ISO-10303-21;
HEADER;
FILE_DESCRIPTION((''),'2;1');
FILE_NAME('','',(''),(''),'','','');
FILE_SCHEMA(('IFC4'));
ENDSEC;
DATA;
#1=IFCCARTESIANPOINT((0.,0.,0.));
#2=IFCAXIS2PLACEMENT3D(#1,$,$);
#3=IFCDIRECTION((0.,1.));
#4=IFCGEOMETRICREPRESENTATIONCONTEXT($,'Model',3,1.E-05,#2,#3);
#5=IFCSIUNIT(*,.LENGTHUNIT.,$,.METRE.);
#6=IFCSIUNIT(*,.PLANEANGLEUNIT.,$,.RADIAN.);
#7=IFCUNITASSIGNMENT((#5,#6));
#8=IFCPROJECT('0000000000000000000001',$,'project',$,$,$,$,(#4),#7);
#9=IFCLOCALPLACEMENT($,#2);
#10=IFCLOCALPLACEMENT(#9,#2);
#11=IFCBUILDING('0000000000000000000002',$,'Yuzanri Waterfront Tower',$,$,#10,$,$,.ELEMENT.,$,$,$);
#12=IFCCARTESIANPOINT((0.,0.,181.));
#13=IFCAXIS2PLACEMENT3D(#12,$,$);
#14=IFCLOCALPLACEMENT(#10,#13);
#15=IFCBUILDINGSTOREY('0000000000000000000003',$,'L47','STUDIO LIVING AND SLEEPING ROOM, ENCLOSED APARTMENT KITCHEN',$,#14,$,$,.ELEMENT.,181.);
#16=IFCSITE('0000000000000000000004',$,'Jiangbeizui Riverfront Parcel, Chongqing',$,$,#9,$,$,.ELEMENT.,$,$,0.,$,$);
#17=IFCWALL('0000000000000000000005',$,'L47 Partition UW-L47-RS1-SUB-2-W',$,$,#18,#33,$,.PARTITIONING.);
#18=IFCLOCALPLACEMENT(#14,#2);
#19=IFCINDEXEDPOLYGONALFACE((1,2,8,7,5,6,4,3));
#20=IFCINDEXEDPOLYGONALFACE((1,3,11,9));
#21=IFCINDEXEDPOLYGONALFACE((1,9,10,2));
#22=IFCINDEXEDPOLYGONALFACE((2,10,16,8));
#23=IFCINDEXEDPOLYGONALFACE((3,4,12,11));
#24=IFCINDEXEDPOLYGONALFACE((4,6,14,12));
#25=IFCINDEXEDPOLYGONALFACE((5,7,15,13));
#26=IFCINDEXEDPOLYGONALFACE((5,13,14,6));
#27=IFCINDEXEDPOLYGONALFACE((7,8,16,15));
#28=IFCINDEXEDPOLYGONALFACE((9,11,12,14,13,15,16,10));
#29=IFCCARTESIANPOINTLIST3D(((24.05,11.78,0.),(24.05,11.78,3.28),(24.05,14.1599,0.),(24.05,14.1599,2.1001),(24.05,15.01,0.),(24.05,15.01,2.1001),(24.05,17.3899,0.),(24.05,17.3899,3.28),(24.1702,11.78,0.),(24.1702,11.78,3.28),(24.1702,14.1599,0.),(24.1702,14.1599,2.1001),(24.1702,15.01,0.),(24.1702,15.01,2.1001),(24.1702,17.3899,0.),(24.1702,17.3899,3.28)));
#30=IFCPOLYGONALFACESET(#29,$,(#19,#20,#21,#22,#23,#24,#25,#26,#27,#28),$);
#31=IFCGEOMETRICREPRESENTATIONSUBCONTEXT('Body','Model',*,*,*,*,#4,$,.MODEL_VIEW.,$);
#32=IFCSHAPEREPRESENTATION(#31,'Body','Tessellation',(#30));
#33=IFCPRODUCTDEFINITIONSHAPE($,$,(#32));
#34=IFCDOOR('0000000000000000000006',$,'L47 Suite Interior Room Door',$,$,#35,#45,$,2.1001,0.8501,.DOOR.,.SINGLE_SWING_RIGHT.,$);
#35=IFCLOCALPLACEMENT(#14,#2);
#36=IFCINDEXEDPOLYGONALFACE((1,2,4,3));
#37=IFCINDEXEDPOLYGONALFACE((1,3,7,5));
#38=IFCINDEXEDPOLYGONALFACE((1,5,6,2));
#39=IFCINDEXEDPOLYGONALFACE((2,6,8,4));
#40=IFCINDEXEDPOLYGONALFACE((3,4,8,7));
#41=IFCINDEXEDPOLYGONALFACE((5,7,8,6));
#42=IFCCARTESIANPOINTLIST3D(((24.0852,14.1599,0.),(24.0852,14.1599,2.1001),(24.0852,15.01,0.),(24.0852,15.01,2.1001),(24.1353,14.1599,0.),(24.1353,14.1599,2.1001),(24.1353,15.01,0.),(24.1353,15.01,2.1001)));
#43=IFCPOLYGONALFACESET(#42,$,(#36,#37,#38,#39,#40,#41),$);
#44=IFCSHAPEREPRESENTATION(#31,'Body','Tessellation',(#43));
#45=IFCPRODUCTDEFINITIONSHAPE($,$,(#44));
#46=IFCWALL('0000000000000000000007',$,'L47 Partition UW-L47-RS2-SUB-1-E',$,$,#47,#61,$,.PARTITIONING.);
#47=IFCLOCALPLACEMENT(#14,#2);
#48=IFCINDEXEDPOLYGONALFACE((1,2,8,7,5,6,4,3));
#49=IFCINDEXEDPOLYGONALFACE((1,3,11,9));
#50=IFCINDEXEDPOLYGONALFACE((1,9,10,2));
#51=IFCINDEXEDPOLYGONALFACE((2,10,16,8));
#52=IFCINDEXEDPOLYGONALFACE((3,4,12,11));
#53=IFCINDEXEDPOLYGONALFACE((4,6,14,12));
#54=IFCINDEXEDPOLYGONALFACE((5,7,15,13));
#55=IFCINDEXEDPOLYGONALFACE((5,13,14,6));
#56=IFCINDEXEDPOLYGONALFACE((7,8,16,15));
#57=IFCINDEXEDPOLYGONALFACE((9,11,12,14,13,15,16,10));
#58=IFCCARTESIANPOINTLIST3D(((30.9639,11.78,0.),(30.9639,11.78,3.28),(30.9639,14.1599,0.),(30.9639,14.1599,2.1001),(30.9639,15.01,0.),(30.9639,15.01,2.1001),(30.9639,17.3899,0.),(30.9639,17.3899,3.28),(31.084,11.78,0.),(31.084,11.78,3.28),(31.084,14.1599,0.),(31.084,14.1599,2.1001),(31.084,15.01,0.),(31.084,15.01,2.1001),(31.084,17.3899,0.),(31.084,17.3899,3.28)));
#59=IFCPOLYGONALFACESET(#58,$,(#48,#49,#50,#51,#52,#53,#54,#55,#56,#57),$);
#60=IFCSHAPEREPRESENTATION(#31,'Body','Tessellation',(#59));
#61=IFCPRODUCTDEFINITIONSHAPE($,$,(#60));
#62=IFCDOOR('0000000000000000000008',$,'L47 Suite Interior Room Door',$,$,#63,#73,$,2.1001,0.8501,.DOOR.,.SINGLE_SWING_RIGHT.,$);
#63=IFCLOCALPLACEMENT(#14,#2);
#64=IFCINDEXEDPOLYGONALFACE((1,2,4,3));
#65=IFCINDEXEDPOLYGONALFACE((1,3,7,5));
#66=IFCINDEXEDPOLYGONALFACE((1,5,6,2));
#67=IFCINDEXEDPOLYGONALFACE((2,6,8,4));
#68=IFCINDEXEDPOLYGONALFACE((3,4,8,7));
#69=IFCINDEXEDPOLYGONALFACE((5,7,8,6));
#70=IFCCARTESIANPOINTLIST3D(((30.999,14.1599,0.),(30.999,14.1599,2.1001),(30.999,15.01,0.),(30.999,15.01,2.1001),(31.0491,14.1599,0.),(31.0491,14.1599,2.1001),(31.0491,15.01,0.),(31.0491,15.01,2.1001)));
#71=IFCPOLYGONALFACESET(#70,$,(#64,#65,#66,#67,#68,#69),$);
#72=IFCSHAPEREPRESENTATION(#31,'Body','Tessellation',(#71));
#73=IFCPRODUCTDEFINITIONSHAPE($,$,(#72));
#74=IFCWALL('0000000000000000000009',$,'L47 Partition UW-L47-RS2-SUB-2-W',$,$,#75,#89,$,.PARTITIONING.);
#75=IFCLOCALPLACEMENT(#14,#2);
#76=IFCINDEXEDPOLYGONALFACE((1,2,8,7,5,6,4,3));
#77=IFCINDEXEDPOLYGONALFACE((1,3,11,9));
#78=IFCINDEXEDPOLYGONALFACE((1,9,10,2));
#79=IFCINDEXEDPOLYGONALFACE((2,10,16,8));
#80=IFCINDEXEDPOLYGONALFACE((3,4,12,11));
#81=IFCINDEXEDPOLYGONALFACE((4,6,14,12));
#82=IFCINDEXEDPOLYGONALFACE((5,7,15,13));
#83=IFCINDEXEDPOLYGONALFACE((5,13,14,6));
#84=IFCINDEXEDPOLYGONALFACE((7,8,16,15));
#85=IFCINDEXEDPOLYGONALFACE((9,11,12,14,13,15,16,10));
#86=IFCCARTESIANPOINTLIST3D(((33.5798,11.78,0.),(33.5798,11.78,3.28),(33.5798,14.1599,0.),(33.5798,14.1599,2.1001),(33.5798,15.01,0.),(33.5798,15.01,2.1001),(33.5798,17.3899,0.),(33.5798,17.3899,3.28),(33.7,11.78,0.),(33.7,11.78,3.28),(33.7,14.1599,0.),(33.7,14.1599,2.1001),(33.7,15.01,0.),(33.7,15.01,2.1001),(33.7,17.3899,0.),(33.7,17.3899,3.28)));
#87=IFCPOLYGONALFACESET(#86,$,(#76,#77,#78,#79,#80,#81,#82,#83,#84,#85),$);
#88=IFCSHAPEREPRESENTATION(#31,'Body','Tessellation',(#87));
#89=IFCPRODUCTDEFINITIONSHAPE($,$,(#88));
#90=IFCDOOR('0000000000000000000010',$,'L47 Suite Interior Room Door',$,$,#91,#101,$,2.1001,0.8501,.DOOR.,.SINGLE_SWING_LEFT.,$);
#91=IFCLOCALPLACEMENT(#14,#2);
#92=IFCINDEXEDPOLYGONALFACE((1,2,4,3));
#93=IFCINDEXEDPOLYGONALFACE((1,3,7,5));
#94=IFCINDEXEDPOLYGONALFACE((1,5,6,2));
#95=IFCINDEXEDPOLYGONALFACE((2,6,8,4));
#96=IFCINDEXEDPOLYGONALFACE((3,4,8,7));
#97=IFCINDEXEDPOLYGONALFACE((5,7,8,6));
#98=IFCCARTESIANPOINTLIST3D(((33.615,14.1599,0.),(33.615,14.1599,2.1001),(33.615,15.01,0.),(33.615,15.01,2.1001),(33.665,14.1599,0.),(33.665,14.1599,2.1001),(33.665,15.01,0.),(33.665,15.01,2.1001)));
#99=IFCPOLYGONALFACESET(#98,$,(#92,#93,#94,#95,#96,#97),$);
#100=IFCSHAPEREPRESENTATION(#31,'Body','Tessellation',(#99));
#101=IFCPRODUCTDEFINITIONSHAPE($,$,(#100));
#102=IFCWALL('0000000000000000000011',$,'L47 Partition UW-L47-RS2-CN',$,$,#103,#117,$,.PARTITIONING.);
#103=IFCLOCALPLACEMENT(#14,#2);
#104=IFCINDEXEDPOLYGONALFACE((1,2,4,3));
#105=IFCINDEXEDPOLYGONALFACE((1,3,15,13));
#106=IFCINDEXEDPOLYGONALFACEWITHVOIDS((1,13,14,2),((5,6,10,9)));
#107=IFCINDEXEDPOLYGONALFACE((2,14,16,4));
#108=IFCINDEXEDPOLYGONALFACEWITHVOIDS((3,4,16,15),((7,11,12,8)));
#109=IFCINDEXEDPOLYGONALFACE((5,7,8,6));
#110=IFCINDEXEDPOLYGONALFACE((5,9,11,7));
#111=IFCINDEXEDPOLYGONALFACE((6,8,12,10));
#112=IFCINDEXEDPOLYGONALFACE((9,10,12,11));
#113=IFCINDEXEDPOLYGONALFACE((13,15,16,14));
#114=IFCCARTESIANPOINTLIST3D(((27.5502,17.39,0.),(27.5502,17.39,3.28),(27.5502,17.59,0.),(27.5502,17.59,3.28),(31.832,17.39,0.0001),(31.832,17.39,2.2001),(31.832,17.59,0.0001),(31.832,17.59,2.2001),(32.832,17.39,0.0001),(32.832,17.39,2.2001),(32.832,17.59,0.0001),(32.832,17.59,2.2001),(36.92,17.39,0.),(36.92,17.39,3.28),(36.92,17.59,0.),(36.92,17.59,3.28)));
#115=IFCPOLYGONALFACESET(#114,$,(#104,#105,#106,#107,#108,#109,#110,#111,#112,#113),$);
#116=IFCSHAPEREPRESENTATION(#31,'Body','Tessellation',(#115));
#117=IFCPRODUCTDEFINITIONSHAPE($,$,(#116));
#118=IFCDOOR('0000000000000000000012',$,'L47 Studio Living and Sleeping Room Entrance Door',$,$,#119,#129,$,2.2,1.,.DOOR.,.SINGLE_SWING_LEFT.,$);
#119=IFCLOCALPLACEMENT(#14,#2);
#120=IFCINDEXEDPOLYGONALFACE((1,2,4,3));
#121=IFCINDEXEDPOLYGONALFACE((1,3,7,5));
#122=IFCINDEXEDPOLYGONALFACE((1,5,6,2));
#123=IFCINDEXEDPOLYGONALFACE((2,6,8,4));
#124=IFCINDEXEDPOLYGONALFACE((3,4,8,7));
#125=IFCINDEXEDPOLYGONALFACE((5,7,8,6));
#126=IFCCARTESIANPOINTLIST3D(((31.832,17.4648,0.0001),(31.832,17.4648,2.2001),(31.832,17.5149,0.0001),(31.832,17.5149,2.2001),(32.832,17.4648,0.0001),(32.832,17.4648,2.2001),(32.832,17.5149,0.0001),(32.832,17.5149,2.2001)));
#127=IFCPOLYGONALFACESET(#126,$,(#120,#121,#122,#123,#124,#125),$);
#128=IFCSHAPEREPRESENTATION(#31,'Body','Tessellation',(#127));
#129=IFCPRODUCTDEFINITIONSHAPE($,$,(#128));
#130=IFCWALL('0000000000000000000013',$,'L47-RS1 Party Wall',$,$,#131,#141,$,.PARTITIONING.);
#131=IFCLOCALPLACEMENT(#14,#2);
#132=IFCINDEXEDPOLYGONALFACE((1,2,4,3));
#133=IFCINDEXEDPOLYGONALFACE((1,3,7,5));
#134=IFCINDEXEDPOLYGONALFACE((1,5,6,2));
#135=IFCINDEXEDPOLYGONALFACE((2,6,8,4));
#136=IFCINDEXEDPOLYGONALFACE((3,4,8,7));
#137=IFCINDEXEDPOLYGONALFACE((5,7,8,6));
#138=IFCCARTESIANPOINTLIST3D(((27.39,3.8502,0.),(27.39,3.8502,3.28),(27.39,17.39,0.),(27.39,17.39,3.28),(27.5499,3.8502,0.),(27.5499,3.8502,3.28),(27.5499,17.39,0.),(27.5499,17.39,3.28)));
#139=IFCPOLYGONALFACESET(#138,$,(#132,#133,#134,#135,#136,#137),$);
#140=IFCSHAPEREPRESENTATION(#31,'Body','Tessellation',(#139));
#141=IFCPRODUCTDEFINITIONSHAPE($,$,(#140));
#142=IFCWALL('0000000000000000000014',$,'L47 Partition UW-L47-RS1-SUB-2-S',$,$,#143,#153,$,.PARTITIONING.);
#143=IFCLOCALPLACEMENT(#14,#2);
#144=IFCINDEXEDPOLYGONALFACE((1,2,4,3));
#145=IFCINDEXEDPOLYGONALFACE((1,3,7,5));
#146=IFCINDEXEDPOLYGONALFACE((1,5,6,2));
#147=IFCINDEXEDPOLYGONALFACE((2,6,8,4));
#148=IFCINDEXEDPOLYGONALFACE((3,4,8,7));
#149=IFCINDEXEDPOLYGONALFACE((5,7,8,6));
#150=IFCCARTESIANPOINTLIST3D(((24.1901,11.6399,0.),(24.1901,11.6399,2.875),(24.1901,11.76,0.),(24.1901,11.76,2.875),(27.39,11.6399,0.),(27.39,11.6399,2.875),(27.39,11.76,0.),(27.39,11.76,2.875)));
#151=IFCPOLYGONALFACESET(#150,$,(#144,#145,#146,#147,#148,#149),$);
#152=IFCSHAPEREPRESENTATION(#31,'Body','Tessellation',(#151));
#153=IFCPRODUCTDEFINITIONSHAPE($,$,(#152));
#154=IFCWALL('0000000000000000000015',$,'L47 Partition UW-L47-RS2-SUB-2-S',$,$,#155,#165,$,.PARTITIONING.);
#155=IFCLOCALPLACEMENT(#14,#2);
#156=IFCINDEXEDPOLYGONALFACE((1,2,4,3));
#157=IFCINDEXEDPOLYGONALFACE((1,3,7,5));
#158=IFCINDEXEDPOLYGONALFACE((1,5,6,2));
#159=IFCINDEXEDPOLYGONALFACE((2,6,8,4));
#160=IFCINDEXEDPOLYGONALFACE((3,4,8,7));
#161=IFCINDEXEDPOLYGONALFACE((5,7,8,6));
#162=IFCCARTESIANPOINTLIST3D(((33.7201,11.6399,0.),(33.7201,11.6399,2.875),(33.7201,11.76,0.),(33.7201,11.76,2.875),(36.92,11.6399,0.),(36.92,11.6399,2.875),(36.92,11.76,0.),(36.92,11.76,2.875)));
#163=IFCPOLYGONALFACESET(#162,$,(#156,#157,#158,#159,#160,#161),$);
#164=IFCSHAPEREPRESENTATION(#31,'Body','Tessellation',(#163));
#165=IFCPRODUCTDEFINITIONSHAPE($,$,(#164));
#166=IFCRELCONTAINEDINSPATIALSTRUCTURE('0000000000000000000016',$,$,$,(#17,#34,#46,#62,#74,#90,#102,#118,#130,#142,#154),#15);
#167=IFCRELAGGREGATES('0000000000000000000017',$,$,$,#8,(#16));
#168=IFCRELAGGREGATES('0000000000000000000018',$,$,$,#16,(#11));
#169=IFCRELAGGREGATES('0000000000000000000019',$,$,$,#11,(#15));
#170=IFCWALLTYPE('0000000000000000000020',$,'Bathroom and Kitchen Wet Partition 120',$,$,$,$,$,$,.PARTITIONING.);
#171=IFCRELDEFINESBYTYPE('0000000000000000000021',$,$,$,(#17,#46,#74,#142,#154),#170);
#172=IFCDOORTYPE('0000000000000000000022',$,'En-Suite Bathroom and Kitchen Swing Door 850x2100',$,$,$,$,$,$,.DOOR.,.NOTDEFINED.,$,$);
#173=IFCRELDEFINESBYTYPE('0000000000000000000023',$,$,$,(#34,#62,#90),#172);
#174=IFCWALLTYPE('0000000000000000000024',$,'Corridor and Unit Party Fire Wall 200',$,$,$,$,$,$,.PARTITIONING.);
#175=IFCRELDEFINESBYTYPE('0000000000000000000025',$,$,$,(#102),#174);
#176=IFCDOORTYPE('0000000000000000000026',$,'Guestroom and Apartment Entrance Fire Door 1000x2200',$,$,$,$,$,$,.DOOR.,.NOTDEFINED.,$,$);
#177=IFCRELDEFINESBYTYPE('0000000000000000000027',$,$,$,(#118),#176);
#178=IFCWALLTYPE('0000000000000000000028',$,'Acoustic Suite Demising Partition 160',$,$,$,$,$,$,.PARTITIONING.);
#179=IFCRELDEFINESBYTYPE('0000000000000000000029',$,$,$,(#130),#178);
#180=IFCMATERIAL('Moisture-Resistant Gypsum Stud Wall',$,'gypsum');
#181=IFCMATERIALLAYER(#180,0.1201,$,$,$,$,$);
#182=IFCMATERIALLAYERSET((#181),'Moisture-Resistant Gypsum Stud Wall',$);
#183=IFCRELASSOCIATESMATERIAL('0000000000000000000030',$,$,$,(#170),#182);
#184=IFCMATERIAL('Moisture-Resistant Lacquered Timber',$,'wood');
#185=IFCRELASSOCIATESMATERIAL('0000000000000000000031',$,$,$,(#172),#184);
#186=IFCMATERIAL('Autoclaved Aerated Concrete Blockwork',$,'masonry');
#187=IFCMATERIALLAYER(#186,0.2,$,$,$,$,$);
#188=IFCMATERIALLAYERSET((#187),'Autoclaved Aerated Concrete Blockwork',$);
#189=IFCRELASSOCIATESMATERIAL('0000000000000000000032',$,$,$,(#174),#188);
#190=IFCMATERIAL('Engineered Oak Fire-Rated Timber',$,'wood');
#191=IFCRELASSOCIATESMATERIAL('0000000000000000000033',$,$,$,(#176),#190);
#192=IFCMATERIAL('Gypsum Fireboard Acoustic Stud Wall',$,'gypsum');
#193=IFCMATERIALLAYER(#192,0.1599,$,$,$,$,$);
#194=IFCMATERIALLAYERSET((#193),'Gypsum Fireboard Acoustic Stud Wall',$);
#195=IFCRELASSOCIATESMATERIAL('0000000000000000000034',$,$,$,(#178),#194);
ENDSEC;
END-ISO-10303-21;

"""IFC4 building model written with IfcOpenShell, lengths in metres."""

from ifc_helpers import new_model, si_unit, direction, frame, frame_2d, origin, place, context, subcontext, project, spatial, rectangle, extrude, source, transform, mapped, material, layer, layer_set, type_object, element, fill, save


model = new_model("IFC4")

# Units and contexts
model_context = context("Model", 3, precision=1e-05, world=origin(), true_north=direction((0.0, 1.0)))
body_context = subcontext(model_context, "Body", "Model", "MODEL_VIEW")
ifc_project = project(units=[si_unit("LENGTHUNIT", "METRE"), si_unit("PLANEANGLEUNIT", "RADIAN")], contexts=[model_context])

# Site, building, storey
site_placement = place(None, origin())
site = spatial("IfcSite", under=ifc_project, at=site_placement, Name="Jiangbeizui Riverfront Parcel, Chongqing", CompositionType="ELEMENT", RefElevation=0.0)
building_placement = place(site_placement, origin())
building = spatial("IfcBuilding", under=site, at=building_placement, Name="Yuzanri Waterfront Tower", CompositionType="ELEMENT")
storey_placement = place(building_placement, frame((0.0, 0.0, 181.0)))
storey = spatial("IfcBuildingStorey", under=building, at=storey_placement, Name="L47", Description="STUDIO LIVING AND SLEEPING ROOM, ENCLOSED APARTMENT KITCHEN", CompositionType="ELEMENT", Elevation=181.0)

# Walls, openings, doors
ifc_material_1 = material(Name="Moisture-Resistant Gypsum Stud Wall", Category="gypsum")
ifc_layer_1 = layer(ifc_material_1, 0.1201)
ifc_layer_set_1 = layer_set([ifc_layer_1], Name="Moisture-Resistant Gypsum Stud Wall")
wall_type_1 = type_object("IfcWallType", Name="Bathroom and Kitchen Wet Partition 120", PredefinedType="PARTITIONING", material=ifc_layer_set_1)
wall_1_placement = place(storey_placement, frame((24.1101, 11.78, 0.0), z_axis=(0.0, 0.0, 1.0), x_axis=(0.0, 1.0, 0.0)))
wall_1 = element("IfcWall", 1, at=wall_1_placement, inside=storey, type_object=wall_type_1, Name="L47 Partition UW-L47-RS1-SUB-2-W", PredefinedType="PARTITIONING", context=body_context, shape_type="SweptSolid", body=[
    extrude(rectangle(XDim=5.6099, YDim=0.1201, at=frame_2d((2.8049, 0.0))), origin(), (0.0, 0.0, 1.0), 3.28),
])
opening_1_placement = place(wall_1_placement, frame((2.3799, 0.0, 0.0)))
opening_1 = element("IfcOpeningElement", 2, at=opening_1_placement, cuts=wall_1, PredefinedType="OPENING", context=body_context, shape_type="SweptSolid", body=[
    extrude(rectangle(XDim=0.8501, YDim=2.1001, at=frame_2d((0.425, 1.05))), frame((0.0, 0.075, 0.0), z_axis=(0.0, -1.0, 0.0), x_axis=(1.0, 0.0, 0.0)), (0.0, 0.0, 1.0), 0.1499),
])
ifc_material_2 = material(Name="Moisture-Resistant Lacquered Timber", Category="wood")
door_type_1 = type_object("IfcDoorType", Name="En-Suite Bathroom and Kitchen Swing Door 850x2100", OperationType="NOTDEFINED", PredefinedType="DOOR", material=ifc_material_2)
shared_shape_1 = source(origin(), body_context, "Body", "SweptSolid", [
    extrude(rectangle(XDim=0.8501, YDim=2.1001, at=frame_2d((0.425, 1.05))), frame((0.0, 0.0249, 0.0), z_axis=(0.0, -1.0, 0.0), x_axis=(1.0, 0.0, 0.0)), (0.0, 0.0, 1.0), 0.05),
])
door_1_placement = place(opening_1_placement, origin())
door_1 = element("IfcDoor", 3, at=door_1_placement, inside=storey, type_object=door_type_1, Name="L47 Suite Interior Room Door", OperationType="SINGLE_SWING_RIGHT", OverallHeight=2.1001, OverallWidth=0.8501, PredefinedType="DOOR", context=body_context, shape_type="MappedRepresentation", body=[
    mapped(shared_shape_1, transform((0.0, 0.0, 0.0), scale=1.0)),
])
fill(opening_1, door_1)
wall_2_placement = place(storey_placement, frame((31.0239, 11.78, 0.0), z_axis=(0.0, 0.0, 1.0), x_axis=(0.0, 1.0, 0.0)))
wall_2 = element("IfcWall", 4, at=wall_2_placement, inside=storey, type_object=wall_type_1, Name="L47 Partition UW-L47-RS2-SUB-1-E", PredefinedType="PARTITIONING", context=body_context, shape_type="SweptSolid", body=[
    extrude(rectangle(XDim=5.6099, YDim=0.1201, at=frame_2d((2.8049, 0.0))), origin(), (0.0, 0.0, 1.0), 3.28),
])
opening_2_placement = place(wall_2_placement, frame((2.3799, 0.0, 0.0)))
opening_2 = element("IfcOpeningElement", 5, at=opening_2_placement, cuts=wall_2, PredefinedType="OPENING", context=body_context, shape_type="SweptSolid", body=[
    extrude(rectangle(XDim=0.8501, YDim=2.1001, at=frame_2d((0.425, 1.05))), frame((0.0, 0.075, 0.0), z_axis=(0.0, -1.0, 0.0), x_axis=(1.0, 0.0, 0.0)), (0.0, 0.0, 1.0), 0.1499),
])
door_2_placement = place(opening_2_placement, origin())
door_2 = element("IfcDoor", 6, at=door_2_placement, inside=storey, type_object=door_type_1, Name="L47 Suite Interior Room Door", OperationType="SINGLE_SWING_RIGHT", OverallHeight=2.1001, OverallWidth=0.8501, PredefinedType="DOOR", context=body_context, shape_type="MappedRepresentation", body=[
    mapped(shared_shape_1, transform((0.0, 0.0, 0.0), scale=1.0)),
])
fill(opening_2, door_2)
wall_3_placement = place(storey_placement, frame((33.6399, 11.78, 0.0), z_axis=(0.0, 0.0, 1.0), x_axis=(0.0, 1.0, 0.0)))
wall_3 = element("IfcWall", 7, at=wall_3_placement, inside=storey, type_object=wall_type_1, Name="L47 Partition UW-L47-RS2-SUB-2-W", PredefinedType="PARTITIONING", context=body_context, shape_type="SweptSolid", body=[
    extrude(rectangle(XDim=5.6099, YDim=0.1201, at=frame_2d((2.8049, 0.0))), origin(), (0.0, 0.0, 1.0), 3.28),
])
opening_3_placement = place(wall_3_placement, frame((2.3799, 0.0, 0.0)))
opening_3 = element("IfcOpeningElement", 8, at=opening_3_placement, cuts=wall_3, PredefinedType="OPENING", context=body_context, shape_type="SweptSolid", body=[
    extrude(rectangle(XDim=0.8501, YDim=2.1001, at=frame_2d((0.425, 1.05))), frame((0.0, 0.075, 0.0), z_axis=(0.0, -1.0, 0.0), x_axis=(1.0, 0.0, 0.0)), (0.0, 0.0, 1.0), 0.1499),
])
door_3_placement = place(opening_3_placement, origin())
door_3 = element("IfcDoor", 9, at=door_3_placement, inside=storey, type_object=door_type_1, Name="L47 Suite Interior Room Door", OperationType="SINGLE_SWING_LEFT", OverallHeight=2.1001, OverallWidth=0.8501, PredefinedType="DOOR", context=body_context, shape_type="MappedRepresentation", body=[
    mapped(shared_shape_1, transform((0.0, 0.0, 0.0), scale=1.0)),
])
fill(opening_3, door_3)

# Wall, opening, door
ifc_material_3 = material(Name="Autoclaved Aerated Concrete Blockwork", Category="masonry")
ifc_layer_2 = layer(ifc_material_3, 0.2)
ifc_layer_set_2 = layer_set([ifc_layer_2], Name="Autoclaved Aerated Concrete Blockwork")
wall_type_2 = type_object("IfcWallType", Name="Corridor and Unit Party Fire Wall 200", PredefinedType="PARTITIONING", material=ifc_layer_set_2)
wall_4_placement = place(storey_placement, frame((27.55, 17.49, 0.0), z_axis=(0.0, 0.0, 1.0), x_axis=(1.0, 0.0, 0.0)))
wall_4 = element("IfcWall", 10, at=wall_4_placement, inside=storey, type_object=wall_type_2, Name="L47 Partition UW-L47-RS2-CN", PredefinedType="PARTITIONING", context=body_context, shape_type="SweptSolid", body=[
    extrude(rectangle(XDim=9.3699, YDim=0.2, at=frame_2d((4.6851, 0.0))), origin(), (0.0, 0.0, 1.0), 3.28),
])
opening_4_placement = place(wall_4_placement, frame((4.282, 0.0, 0.0)))
opening_4 = element("IfcOpeningElement", 11, at=opening_4_placement, cuts=wall_4, PredefinedType="OPENING", context=body_context, shape_type="SweptSolid", body=[
    extrude(rectangle(XDim=1.0, YDim=2.2, at=frame_2d((0.5, 1.1001))), frame((0.0, 0.1147, 0.0), z_axis=(0.0, -1.0, 0.0), x_axis=(1.0, 0.0, 0.0)), (0.0, 0.0, 1.0), 0.2297),
])
ifc_material_4 = material(Name="Engineered Oak Fire-Rated Timber", Category="wood")
door_type_2 = type_object("IfcDoorType", Name="Guestroom and Apartment Entrance Fire Door 1000x2200", OperationType="NOTDEFINED", PredefinedType="DOOR", material=ifc_material_4)
shared_shape_2 = source(origin(), body_context, "Body", "SweptSolid", [
    extrude(rectangle(XDim=1.0, YDim=2.2, at=frame_2d((0.5, 1.1001))), frame((0.0, 0.0249, 0.0), z_axis=(0.0, -1.0, 0.0), x_axis=(1.0, 0.0, 0.0)), (0.0, 0.0, 1.0), 0.05),
])
door_4_placement = place(opening_4_placement, origin())
door_4 = element("IfcDoor", 12, at=door_4_placement, inside=storey, type_object=door_type_2, Name="L47 Studio Living and Sleeping Room Entrance Door", OperationType="SINGLE_SWING_LEFT", OverallHeight=2.2, OverallWidth=1.0, PredefinedType="DOOR", context=body_context, shape_type="MappedRepresentation", body=[
    mapped(shared_shape_2, transform((0.0, 0.0, 0.0), scale=1.0)),
])
fill(opening_4, door_4)

# Walls
ifc_material_5 = material(Name="Gypsum Fireboard Acoustic Stud Wall", Category="gypsum")
ifc_layer_3 = layer(ifc_material_5, 0.1599)
ifc_layer_set_3 = layer_set([ifc_layer_3], Name="Gypsum Fireboard Acoustic Stud Wall")
wall_type_3 = type_object("IfcWallType", Name="Acoustic Suite Demising Partition 160", PredefinedType="PARTITIONING", material=ifc_layer_set_3)
shared_shape_3 = source(origin(), body_context, "Body", "SweptSolid", [
    extrude(rectangle(XDim=13.5398, YDim=0.1599, at=frame_2d((6.77, 0.0))), origin(), (0.0, 0.0, 1.0), 3.28),
])
wall_5_placement = place(storey_placement, frame((27.47, 3.8501, 0.0), z_axis=(0.0, 0.0, 1.0), x_axis=(0.0, 1.0, 0.0)))
element("IfcWall", 13, at=wall_5_placement, inside=storey, type_object=wall_type_3, Name="L47-RS1 Party Wall", PredefinedType="PARTITIONING", context=body_context, shape_type="MappedRepresentation", body=[
    mapped(shared_shape_3, transform((0.0, 0.0, 0.0), scale=1.0)),
])
shared_shape_4 = source(origin(), body_context, "Body", "SweptSolid", [
    extrude(rectangle(XDim=3.2, YDim=0.1201, at=frame_2d((1.6001, 0.0))), origin(), (0.0, 0.0, 1.0), 2.875),
])
for number, where, z_axis, x_axis, name in (
    (14, (24.1899, 11.7, 0.0), (0.0, 0.0, 1.0), (1.0, 0.0, 0.0), "L47 Partition UW-L47-RS1-SUB-2-S"),
    (15, (33.72, 11.7, 0.0), (0.0, 0.0, 1.0), (1.0, 0.0, 0.0), "L47 Partition UW-L47-RS2-SUB-2-S"),
):
    element("IfcWall", number, at=place(storey_placement, frame(where, z_axis=z_axis, x_axis=x_axis)), inside=storey, type_object=wall_type_1, Name=name, PredefinedType="PARTITIONING", context=body_context, shape_type="MappedRepresentation", body=[
        mapped(shared_shape_4, transform((0.0, 0.0, 0.0), scale=1.0)),
    ])

save(model, "model.ifc")
